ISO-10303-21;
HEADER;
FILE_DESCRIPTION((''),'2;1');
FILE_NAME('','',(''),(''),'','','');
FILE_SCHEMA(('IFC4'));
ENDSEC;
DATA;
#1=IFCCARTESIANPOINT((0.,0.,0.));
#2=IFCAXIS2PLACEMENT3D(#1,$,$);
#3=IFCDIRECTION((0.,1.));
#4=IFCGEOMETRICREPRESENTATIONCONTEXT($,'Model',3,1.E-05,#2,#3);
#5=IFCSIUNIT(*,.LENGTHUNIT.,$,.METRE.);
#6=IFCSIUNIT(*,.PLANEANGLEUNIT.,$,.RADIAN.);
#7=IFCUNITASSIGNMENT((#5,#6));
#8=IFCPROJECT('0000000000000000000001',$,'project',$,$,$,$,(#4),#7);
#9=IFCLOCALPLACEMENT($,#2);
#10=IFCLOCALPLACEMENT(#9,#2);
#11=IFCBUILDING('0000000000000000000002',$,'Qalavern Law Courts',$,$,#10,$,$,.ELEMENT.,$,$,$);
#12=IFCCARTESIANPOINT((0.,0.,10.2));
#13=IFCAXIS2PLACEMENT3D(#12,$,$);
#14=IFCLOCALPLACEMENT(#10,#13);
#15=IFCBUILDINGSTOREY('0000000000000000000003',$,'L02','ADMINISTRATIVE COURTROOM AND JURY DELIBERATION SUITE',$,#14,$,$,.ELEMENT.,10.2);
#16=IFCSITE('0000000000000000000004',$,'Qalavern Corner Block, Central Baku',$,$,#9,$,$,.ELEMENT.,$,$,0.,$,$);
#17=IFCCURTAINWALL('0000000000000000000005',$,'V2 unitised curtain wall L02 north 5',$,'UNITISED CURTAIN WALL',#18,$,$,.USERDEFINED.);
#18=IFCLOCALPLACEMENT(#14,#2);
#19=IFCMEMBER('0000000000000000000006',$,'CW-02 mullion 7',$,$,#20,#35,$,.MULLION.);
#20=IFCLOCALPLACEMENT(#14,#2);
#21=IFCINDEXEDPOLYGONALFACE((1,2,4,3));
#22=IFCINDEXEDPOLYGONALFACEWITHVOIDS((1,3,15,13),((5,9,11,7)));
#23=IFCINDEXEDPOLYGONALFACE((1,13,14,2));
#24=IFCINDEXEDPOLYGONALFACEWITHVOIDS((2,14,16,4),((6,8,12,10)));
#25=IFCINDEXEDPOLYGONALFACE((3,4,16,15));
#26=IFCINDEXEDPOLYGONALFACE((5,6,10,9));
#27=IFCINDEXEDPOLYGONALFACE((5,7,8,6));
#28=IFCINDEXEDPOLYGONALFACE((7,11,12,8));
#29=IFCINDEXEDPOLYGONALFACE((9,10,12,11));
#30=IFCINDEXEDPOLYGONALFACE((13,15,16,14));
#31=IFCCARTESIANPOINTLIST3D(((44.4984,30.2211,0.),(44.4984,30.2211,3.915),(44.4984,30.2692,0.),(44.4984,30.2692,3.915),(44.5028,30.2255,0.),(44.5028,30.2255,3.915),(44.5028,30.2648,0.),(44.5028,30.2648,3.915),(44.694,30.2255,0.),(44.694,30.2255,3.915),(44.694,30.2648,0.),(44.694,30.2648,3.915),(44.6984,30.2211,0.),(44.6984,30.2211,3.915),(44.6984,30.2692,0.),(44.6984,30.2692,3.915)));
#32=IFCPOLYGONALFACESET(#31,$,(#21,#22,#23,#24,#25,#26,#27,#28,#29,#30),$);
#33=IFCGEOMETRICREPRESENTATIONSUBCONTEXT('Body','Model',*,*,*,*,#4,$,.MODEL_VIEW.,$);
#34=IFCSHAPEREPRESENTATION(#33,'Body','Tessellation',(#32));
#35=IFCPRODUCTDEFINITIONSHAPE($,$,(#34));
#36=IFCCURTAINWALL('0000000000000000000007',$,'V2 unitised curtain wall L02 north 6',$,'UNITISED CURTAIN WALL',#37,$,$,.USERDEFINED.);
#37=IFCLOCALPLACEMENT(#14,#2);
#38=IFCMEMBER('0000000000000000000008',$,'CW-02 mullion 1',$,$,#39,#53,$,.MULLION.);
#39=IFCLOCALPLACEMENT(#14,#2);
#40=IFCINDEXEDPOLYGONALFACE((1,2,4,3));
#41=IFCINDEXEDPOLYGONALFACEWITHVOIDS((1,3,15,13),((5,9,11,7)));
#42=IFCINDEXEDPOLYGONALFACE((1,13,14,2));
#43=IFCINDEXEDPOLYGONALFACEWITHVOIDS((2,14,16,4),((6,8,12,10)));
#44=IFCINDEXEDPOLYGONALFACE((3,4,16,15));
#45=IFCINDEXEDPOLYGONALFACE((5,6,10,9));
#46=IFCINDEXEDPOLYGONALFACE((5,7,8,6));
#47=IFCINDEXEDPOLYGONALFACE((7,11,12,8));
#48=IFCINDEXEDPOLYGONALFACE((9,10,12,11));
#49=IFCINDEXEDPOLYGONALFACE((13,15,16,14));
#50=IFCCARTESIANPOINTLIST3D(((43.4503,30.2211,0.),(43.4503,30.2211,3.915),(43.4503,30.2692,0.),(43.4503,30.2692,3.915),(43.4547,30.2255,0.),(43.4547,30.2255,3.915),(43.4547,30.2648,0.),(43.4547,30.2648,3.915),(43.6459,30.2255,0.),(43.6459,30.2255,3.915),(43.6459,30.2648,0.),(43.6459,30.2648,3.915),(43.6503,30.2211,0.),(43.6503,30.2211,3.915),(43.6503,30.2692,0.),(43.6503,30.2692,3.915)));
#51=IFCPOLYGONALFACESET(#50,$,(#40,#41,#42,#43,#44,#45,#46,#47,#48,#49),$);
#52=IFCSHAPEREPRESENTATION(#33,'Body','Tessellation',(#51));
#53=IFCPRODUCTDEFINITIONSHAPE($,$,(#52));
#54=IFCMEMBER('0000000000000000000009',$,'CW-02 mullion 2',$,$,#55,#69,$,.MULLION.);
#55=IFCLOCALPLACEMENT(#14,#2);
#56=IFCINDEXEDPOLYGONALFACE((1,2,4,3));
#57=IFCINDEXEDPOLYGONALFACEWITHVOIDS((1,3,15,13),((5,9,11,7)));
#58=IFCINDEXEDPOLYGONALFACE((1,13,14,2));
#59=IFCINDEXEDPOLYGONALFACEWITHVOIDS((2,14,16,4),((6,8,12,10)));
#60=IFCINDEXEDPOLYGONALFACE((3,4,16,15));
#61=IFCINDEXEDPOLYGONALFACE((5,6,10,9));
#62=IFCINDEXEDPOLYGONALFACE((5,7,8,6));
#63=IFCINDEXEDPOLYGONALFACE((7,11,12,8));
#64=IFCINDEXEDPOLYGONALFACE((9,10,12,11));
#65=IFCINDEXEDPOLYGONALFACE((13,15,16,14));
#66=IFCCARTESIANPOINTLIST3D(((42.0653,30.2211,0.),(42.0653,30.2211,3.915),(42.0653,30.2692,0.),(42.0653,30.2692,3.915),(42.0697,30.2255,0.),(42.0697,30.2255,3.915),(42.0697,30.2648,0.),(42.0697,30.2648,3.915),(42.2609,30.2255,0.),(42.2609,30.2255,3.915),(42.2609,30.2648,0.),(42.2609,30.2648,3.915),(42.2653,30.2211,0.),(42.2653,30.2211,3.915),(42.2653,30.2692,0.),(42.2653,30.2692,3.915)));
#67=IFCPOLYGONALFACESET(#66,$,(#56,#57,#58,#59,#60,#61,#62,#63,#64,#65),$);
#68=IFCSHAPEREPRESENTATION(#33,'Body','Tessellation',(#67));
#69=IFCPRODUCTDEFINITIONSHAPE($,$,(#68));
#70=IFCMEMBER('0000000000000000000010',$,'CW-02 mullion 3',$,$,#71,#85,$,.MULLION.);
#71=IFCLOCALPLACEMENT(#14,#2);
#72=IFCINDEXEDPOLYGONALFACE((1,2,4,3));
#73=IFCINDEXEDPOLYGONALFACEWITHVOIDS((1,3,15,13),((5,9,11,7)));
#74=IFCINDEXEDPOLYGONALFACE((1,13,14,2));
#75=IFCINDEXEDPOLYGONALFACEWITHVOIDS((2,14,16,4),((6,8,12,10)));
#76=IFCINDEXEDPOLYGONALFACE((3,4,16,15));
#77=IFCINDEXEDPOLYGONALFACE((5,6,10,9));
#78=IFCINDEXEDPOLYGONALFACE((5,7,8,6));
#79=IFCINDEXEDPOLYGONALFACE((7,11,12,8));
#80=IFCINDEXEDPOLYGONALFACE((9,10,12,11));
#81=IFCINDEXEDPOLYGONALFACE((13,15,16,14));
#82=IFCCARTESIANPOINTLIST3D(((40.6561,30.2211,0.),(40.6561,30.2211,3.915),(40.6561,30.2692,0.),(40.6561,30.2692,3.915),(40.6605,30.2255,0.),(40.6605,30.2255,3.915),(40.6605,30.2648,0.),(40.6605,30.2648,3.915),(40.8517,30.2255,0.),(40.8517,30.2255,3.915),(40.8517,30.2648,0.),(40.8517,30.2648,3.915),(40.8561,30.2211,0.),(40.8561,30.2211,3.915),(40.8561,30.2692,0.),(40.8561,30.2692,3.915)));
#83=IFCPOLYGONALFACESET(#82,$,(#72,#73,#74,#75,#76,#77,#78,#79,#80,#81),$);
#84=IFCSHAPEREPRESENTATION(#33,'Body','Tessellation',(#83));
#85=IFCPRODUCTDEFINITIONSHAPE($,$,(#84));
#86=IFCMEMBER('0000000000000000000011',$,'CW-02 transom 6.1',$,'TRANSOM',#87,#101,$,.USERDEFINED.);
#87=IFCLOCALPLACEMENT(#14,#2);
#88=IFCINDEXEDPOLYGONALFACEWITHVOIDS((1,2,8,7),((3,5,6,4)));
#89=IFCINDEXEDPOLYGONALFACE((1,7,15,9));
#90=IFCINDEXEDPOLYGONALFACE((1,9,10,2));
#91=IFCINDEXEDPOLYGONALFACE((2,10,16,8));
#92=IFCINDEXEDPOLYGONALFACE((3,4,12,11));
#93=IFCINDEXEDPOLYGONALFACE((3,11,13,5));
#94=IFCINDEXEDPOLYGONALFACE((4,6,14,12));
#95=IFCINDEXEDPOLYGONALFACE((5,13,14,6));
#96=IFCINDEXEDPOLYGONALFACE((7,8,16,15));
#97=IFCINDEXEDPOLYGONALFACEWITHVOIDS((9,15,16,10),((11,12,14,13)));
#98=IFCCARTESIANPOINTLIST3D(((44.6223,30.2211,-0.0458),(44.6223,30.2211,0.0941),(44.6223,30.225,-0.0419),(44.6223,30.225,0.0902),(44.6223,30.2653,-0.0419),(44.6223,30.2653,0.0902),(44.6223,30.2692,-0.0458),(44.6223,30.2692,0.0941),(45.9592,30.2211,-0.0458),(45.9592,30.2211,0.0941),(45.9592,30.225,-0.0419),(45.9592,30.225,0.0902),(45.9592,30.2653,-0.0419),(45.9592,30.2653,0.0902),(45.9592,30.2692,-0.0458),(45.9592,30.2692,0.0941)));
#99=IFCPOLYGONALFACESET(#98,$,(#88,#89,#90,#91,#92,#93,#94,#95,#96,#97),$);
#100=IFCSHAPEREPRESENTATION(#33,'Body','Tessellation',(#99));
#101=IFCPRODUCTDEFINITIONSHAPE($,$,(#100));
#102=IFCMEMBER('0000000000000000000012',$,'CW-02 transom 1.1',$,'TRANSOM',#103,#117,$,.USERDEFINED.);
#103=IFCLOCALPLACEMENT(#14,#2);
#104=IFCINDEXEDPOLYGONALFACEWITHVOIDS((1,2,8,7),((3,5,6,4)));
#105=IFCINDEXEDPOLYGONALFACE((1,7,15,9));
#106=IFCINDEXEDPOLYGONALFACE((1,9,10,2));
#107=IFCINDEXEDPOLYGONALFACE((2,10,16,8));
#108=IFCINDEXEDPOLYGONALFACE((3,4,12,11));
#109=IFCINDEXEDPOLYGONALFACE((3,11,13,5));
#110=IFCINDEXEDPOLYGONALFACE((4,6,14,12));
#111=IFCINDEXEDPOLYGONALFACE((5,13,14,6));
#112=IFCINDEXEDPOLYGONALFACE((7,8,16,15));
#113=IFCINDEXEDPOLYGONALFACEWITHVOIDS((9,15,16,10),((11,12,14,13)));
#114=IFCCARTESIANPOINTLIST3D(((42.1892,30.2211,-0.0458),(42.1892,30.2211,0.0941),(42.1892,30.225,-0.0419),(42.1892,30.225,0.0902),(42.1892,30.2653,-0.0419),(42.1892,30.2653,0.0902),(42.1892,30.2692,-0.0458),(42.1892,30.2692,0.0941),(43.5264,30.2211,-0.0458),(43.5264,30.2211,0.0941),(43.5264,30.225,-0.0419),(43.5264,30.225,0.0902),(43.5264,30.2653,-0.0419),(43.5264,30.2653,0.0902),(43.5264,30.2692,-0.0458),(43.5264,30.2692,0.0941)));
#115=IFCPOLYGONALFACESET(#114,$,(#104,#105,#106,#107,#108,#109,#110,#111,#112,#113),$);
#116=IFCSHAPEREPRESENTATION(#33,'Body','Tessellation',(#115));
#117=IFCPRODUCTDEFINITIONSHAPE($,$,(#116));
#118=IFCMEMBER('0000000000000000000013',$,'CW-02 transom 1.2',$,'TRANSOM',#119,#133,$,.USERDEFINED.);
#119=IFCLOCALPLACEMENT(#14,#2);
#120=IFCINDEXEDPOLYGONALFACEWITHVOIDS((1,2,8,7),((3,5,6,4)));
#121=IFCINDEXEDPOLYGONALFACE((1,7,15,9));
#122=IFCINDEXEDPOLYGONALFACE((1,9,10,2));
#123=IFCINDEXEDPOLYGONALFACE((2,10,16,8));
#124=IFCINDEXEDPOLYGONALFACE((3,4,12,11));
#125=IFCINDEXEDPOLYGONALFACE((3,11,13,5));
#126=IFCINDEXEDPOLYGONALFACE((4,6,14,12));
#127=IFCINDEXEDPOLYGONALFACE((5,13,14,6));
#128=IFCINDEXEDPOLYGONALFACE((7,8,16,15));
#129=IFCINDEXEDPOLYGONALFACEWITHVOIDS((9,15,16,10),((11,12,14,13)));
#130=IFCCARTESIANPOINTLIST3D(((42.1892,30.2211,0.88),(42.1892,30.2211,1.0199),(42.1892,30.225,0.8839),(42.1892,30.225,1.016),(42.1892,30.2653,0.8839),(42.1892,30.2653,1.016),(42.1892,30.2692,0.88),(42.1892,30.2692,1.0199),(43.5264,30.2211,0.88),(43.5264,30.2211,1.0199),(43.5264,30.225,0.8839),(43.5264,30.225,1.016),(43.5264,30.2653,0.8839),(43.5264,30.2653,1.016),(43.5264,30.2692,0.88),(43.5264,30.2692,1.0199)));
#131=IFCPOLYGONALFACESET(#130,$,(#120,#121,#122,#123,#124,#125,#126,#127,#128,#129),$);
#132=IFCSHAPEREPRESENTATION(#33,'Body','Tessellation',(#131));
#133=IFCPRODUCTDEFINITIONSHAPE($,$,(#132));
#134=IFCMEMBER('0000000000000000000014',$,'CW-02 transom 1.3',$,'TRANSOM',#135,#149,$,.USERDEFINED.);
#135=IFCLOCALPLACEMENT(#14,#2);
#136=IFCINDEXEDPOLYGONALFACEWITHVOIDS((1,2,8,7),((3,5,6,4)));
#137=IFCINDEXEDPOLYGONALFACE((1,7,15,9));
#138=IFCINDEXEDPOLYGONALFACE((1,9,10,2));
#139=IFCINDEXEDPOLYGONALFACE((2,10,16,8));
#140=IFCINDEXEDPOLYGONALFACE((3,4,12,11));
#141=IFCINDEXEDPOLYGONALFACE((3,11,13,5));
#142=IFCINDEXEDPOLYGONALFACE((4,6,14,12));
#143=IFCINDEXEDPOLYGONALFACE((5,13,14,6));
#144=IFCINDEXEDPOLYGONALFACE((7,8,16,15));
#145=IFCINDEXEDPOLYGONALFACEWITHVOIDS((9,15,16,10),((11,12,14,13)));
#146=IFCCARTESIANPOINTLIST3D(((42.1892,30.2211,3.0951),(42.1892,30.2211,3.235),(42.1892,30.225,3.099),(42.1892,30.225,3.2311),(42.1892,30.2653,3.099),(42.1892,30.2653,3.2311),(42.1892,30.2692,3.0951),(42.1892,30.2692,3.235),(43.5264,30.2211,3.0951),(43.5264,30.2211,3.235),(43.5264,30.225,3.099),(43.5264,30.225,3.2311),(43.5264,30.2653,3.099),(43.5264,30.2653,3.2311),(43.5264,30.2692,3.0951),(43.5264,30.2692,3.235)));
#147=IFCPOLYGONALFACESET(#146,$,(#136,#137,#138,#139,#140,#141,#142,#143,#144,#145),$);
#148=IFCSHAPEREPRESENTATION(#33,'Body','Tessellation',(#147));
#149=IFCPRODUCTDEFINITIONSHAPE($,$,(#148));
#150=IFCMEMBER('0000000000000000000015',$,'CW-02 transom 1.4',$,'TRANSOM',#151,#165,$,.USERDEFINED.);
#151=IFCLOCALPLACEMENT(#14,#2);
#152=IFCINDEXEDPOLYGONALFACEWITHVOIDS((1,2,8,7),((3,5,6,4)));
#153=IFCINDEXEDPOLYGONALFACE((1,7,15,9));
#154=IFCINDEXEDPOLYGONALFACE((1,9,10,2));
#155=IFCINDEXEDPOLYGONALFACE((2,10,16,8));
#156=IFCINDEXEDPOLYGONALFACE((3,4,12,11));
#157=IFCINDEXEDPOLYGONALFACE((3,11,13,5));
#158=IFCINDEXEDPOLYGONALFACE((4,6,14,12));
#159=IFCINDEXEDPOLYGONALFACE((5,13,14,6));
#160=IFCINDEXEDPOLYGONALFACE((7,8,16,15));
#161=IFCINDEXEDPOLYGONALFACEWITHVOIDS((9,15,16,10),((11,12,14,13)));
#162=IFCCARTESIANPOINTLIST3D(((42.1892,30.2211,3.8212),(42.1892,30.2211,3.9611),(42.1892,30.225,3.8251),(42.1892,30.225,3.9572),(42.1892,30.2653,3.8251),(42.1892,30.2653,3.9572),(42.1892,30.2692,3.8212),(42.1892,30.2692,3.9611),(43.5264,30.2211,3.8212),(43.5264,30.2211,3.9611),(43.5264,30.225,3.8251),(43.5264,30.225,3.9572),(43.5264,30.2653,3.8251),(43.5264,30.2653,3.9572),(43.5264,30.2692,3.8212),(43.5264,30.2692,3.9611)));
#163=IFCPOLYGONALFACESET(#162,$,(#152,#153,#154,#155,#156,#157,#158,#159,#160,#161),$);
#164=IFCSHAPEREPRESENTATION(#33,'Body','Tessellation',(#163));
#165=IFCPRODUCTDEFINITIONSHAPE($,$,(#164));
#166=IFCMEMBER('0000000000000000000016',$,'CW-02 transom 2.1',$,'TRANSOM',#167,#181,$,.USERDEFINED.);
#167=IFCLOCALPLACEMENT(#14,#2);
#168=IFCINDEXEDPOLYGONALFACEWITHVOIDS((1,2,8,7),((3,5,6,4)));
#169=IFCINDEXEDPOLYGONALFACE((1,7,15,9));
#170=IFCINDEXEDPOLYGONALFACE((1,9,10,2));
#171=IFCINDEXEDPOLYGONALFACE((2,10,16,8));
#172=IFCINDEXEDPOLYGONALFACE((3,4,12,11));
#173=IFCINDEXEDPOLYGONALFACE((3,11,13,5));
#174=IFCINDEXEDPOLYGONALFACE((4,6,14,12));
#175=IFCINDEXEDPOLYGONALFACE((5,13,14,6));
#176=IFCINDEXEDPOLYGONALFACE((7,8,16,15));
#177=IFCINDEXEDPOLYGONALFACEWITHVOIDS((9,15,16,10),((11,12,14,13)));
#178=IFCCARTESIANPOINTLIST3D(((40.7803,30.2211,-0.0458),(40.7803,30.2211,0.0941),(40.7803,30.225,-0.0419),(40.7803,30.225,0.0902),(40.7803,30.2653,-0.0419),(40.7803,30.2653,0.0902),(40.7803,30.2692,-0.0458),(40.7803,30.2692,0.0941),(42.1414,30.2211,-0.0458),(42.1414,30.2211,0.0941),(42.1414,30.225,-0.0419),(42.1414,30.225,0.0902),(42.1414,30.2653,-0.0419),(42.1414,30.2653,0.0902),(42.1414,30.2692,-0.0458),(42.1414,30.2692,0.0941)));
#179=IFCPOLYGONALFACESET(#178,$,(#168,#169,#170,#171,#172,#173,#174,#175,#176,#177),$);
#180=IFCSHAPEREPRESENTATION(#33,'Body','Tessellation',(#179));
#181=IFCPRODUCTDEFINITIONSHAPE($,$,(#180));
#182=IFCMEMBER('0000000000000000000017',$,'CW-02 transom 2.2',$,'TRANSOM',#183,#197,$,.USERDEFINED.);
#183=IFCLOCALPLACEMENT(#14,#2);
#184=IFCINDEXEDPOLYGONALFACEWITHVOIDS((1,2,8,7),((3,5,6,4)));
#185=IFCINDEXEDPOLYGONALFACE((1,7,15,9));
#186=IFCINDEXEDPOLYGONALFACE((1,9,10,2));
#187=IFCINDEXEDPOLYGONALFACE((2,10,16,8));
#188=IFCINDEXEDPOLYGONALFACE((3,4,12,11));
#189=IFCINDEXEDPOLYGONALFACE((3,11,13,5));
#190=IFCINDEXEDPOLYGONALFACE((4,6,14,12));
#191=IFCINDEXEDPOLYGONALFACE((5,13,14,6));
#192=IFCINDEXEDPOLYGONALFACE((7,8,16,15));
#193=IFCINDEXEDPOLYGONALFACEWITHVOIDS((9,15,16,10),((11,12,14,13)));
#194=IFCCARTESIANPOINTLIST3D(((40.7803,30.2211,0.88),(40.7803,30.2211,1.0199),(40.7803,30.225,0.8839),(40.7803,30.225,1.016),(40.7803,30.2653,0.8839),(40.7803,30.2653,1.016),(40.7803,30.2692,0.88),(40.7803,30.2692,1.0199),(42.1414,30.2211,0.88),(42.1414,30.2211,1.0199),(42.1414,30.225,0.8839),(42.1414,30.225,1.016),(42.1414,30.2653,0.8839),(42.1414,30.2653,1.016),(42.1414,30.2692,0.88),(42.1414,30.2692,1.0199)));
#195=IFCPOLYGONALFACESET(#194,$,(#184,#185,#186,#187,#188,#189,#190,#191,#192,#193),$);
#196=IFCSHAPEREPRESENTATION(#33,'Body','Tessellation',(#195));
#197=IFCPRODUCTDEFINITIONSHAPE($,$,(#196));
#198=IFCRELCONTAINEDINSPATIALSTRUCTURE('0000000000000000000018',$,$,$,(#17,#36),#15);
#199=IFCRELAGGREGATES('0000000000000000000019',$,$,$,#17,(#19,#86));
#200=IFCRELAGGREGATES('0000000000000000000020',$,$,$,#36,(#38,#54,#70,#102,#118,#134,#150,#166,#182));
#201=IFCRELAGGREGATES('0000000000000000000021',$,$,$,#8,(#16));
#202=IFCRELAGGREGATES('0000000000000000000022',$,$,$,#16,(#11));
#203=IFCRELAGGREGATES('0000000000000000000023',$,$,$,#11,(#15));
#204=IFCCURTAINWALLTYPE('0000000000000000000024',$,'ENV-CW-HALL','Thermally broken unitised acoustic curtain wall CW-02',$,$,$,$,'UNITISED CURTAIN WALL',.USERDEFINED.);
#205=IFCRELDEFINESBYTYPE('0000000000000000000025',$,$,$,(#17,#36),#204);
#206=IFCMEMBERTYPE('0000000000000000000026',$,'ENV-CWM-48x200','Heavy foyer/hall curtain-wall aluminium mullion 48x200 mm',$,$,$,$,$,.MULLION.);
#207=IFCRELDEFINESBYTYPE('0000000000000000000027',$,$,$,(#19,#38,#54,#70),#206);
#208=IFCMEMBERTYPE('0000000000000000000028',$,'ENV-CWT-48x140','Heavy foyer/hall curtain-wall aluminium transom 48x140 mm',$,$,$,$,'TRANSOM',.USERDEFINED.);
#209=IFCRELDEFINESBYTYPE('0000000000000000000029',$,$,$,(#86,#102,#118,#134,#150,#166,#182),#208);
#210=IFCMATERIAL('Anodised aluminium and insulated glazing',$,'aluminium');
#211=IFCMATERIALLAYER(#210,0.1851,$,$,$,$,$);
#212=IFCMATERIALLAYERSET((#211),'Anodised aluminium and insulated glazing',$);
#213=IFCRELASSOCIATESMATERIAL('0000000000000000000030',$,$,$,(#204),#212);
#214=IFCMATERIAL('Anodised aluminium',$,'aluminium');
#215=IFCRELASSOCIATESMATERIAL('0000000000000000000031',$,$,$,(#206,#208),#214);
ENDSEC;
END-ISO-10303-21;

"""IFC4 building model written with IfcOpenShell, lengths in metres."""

from ifc_helpers import new_model, si_unit, direction, frame, origin, origin_2d, place, context, subcontext, project, spatial, hollow_rectangle, extrude, material, layer, layer_set, material_profile, profile_set, type_object, element, aggregate, save


model = new_model("IFC4")

# Units and contexts
model_context = context("Model", 3, precision=1e-05, world=origin(), true_north=direction((0.0, 1.0)))
body_context = subcontext(model_context, "Body", "Model", "MODEL_VIEW")
ifc_project = project(units=[si_unit("LENGTHUNIT", "METRE"), si_unit("PLANEANGLEUNIT", "RADIAN")], contexts=[model_context])

# Site, building, storey
site_placement = place(None, origin())
site = spatial("IfcSite", under=ifc_project, at=site_placement, Name="Qalavern Corner Block, Central Baku", CompositionType="ELEMENT", RefElevation=0.0)
building_placement = place(site_placement, origin())
building = spatial("IfcBuilding", under=site, at=building_placement, Name="Qalavern Law Courts", CompositionType="ELEMENT")
storey_placement = place(building_placement, frame((0.0, 0.0, 10.2)))
storey = spatial("IfcBuildingStorey", under=building, at=storey_placement, Name="L02", Description="ADMINISTRATIVE COURTROOM AND JURY DELIBERATION SUITE", CompositionType="ELEMENT", Elevation=10.2)

# Curtain wall, member
ifc_material_1 = material(Name="Anodised aluminium and insulated glazing", Category="aluminium")
ifc_layer_1 = layer(ifc_material_1, 0.1851)
ifc_layer_set_1 = layer_set([ifc_layer_1], Name="Anodised aluminium and insulated glazing")
curtain_wall_type = type_object("IfcCurtainWallType", Name="ENV-CW-HALL", Description="Thermally broken unitised acoustic curtain wall CW-02", ElementType="UNITISED CURTAIN WALL", PredefinedType="USERDEFINED", material=ifc_layer_set_1)
curtain_wall_1_placement = place(storey_placement, origin())
curtain_wall_1 = element("IfcCurtainWall", 1, at=curtain_wall_1_placement, inside=storey, type_object=curtain_wall_type, Name="V2 unitised curtain wall L02 north 5", ObjectType="UNITISED CURTAIN WALL", PredefinedType="USERDEFINED")
ifc_material_2 = material(Name="Anodised aluminium", Category="aluminium")
ifc_material_profile_1 = material_profile(ifc_material_2, hollow_rectangle(XDim=0.0481, YDim=0.2, WallThickness=0.0044, at=origin_2d()), Name="ALU MULLION 48x200")
ifc_profile_set_1 = profile_set([ifc_material_profile_1], Name="Anodised aluminium")
member_type_1 = type_object("IfcMemberType", Name="ENV-CWM-48x200", Description="Heavy foyer/hall curtain-wall aluminium mullion 48x200 mm", PredefinedType="MULLION", material=ifc_profile_set_1)
member_1_placement = place(storey_placement, frame((44.5984, 30.2451, 0.0), z_axis=(0.0, 0.0, 1.0), x_axis=(0.0, -1.0, 0.0)))
member_1 = element("IfcMember", 2, at=member_1_placement, type_object=member_type_1, Name="CW-02 mullion 7", PredefinedType="MULLION", context=body_context, shape_type="SweptSolid", body=[
    extrude(hollow_rectangle(XDim=0.0481, YDim=0.2, WallThickness=0.0044, at=origin_2d()), origin(), (0.0, 0.0, 1.0), 3.915),
])

# Curtain wall, members
curtain_wall_2_placement = place(storey_placement, origin())
curtain_wall_2 = element("IfcCurtainWall", 3, at=curtain_wall_2_placement, inside=storey, type_object=curtain_wall_type, Name="V2 unitised curtain wall L02 north 6", ObjectType="UNITISED CURTAIN WALL", PredefinedType="USERDEFINED")
member_2_placement = place(storey_placement, frame((43.5503, 30.2451, 0.0), z_axis=(0.0, 0.0, 1.0), x_axis=(0.0, -1.0, 0.0)))
member_2 = element("IfcMember", 4, at=member_2_placement, type_object=member_type_1, Name="CW-02 mullion 1", PredefinedType="MULLION", context=body_context, shape_type="SweptSolid", body=[
    extrude(hollow_rectangle(XDim=0.0481, YDim=0.2, WallThickness=0.0044, at=origin_2d()), origin(), (0.0, 0.0, 1.0), 3.915),
])
member_3_placement = place(storey_placement, frame((42.1653, 30.2451, 0.0), z_axis=(0.0, 0.0, 1.0), x_axis=(0.0, -1.0, 0.0)))
member_3 = element("IfcMember", 5, at=member_3_placement, type_object=member_type_1, Name="CW-02 mullion 2", PredefinedType="MULLION", context=body_context, shape_type="SweptSolid", body=[
    extrude(hollow_rectangle(XDim=0.0481, YDim=0.2, WallThickness=0.0044, at=origin_2d()), origin(), (0.0, 0.0, 1.0), 3.915),
])
member_4_placement = place(storey_placement, frame((40.7561, 30.2451, 0.0), z_axis=(0.0, 0.0, 1.0), x_axis=(0.0, -1.0, 0.0)))
member_4 = element("IfcMember", 6, at=member_4_placement, type_object=member_type_1, Name="CW-02 mullion 3", PredefinedType="MULLION", context=body_context, shape_type="SweptSolid", body=[
    extrude(hollow_rectangle(XDim=0.0481, YDim=0.2, WallThickness=0.0044, at=origin_2d()), origin(), (0.0, 0.0, 1.0), 3.915),
])

# Members
ifc_material_profile_2 = material_profile(ifc_material_2, hollow_rectangle(XDim=0.0481, YDim=0.1399, WallThickness=0.0039, at=origin_2d()), Name="ALU TRANSOM 48x140")
ifc_profile_set_2 = profile_set([ifc_material_profile_2], Name="Anodised aluminium")
member_type_2 = type_object("IfcMemberType", Name="ENV-CWT-48x140", Description="Heavy foyer/hall curtain-wall aluminium transom 48x140 mm", ElementType="TRANSOM", PredefinedType="USERDEFINED", material=ifc_profile_set_2)
member_5_placement = place(storey_placement, frame((45.9592, 30.2451, 0.0242), z_axis=(-1.0, 0.0, 0.0), x_axis=(0.0, -1.0, 0.0)))
member_5 = element("IfcMember", 7, at=member_5_placement, type_object=member_type_2, Name="CW-02 transom 6.1", ObjectType="TRANSOM", PredefinedType="USERDEFINED", context=body_context, shape_type="SweptSolid", body=[
    extrude(hollow_rectangle(XDim=0.0481, YDim=0.1399, WallThickness=0.0039, at=origin_2d()), origin(), (0.0, 0.0, 1.0), 1.3369),
])
member_6_placement = place(storey_placement, frame((43.5264, 30.2451, 0.0242), z_axis=(-1.0, 0.0, 0.0), x_axis=(0.0, -1.0, 0.0)))
member_6 = element("IfcMember", 8, at=member_6_placement, type_object=member_type_2, Name="CW-02 transom 1.1", ObjectType="TRANSOM", PredefinedType="USERDEFINED", context=body_context, shape_type="SweptSolid", body=[
    extrude(hollow_rectangle(XDim=0.0481, YDim=0.1399, WallThickness=0.0039, at=origin_2d()), origin(), (0.0, 0.0, 1.0), 1.3372),
])
member_7_placement = place(storey_placement, frame((43.5264, 30.2451, 0.95), z_axis=(-1.0, 0.0, 0.0), x_axis=(0.0, -1.0, 0.0)))
member_7 = element("IfcMember", 9, at=member_7_placement, type_object=member_type_2, Name="CW-02 transom 1.2", ObjectType="TRANSOM", PredefinedType="USERDEFINED", context=body_context, shape_type="SweptSolid", body=[
    extrude(hollow_rectangle(XDim=0.0481, YDim=0.1399, WallThickness=0.0039, at=origin_2d()), origin(), (0.0, 0.0, 1.0), 1.3372),
])
member_8_placement = place(storey_placement, frame((43.5264, 30.2451, 3.165), z_axis=(-1.0, 0.0, 0.0), x_axis=(0.0, -1.0, 0.0)))
member_8 = element("IfcMember", 10, at=member_8_placement, type_object=member_type_2, Name="CW-02 transom 1.3", ObjectType="TRANSOM", PredefinedType="USERDEFINED", context=body_context, shape_type="SweptSolid", body=[
    extrude(hollow_rectangle(XDim=0.0481, YDim=0.1399, WallThickness=0.0039, at=origin_2d()), origin(), (0.0, 0.0, 1.0), 1.3372),
])
member_9_placement = place(storey_placement, frame((43.5264, 30.2451, 3.8911), z_axis=(-1.0, 0.0, 0.0), x_axis=(0.0, -1.0, 0.0)))
member_9 = element("IfcMember", 11, at=member_9_placement, type_object=member_type_2, Name="CW-02 transom 1.4", ObjectType="TRANSOM", PredefinedType="USERDEFINED", context=body_context, shape_type="SweptSolid", body=[
    extrude(hollow_rectangle(XDim=0.0481, YDim=0.1399, WallThickness=0.0039, at=origin_2d()), origin(), (0.0, 0.0, 1.0), 1.3372),
])
member_10_placement = place(storey_placement, frame((42.1414, 30.2451, 0.0242), z_axis=(-1.0, 0.0, 0.0), x_axis=(0.0, -1.0, 0.0)))
member_10 = element("IfcMember", 12, at=member_10_placement, type_object=member_type_2, Name="CW-02 transom 2.1", ObjectType="TRANSOM", PredefinedType="USERDEFINED", context=body_context, shape_type="SweptSolid", body=[
    extrude(hollow_rectangle(XDim=0.0481, YDim=0.1399, WallThickness=0.0039, at=origin_2d()), origin(), (0.0, 0.0, 1.0), 1.3611),
])
member_11_placement = place(storey_placement, frame((42.1414, 30.2451, 0.95), z_axis=(-1.0, 0.0, 0.0), x_axis=(0.0, -1.0, 0.0)))
member_11 = element("IfcMember", 13, at=member_11_placement, type_object=member_type_2, Name="CW-02 transom 2.2", ObjectType="TRANSOM", PredefinedType="USERDEFINED", context=body_context, shape_type="SweptSolid", body=[
    extrude(hollow_rectangle(XDim=0.0481, YDim=0.1399, WallThickness=0.0039, at=origin_2d()), origin(), (0.0, 0.0, 1.0), 1.3611),
])

aggregate(curtain_wall_1, [member_1, member_5])
aggregate(curtain_wall_2, [member_2, member_3, member_4, member_6, member_7, member_8, member_9, member_10, member_11])

save(model, "model.ifc")
